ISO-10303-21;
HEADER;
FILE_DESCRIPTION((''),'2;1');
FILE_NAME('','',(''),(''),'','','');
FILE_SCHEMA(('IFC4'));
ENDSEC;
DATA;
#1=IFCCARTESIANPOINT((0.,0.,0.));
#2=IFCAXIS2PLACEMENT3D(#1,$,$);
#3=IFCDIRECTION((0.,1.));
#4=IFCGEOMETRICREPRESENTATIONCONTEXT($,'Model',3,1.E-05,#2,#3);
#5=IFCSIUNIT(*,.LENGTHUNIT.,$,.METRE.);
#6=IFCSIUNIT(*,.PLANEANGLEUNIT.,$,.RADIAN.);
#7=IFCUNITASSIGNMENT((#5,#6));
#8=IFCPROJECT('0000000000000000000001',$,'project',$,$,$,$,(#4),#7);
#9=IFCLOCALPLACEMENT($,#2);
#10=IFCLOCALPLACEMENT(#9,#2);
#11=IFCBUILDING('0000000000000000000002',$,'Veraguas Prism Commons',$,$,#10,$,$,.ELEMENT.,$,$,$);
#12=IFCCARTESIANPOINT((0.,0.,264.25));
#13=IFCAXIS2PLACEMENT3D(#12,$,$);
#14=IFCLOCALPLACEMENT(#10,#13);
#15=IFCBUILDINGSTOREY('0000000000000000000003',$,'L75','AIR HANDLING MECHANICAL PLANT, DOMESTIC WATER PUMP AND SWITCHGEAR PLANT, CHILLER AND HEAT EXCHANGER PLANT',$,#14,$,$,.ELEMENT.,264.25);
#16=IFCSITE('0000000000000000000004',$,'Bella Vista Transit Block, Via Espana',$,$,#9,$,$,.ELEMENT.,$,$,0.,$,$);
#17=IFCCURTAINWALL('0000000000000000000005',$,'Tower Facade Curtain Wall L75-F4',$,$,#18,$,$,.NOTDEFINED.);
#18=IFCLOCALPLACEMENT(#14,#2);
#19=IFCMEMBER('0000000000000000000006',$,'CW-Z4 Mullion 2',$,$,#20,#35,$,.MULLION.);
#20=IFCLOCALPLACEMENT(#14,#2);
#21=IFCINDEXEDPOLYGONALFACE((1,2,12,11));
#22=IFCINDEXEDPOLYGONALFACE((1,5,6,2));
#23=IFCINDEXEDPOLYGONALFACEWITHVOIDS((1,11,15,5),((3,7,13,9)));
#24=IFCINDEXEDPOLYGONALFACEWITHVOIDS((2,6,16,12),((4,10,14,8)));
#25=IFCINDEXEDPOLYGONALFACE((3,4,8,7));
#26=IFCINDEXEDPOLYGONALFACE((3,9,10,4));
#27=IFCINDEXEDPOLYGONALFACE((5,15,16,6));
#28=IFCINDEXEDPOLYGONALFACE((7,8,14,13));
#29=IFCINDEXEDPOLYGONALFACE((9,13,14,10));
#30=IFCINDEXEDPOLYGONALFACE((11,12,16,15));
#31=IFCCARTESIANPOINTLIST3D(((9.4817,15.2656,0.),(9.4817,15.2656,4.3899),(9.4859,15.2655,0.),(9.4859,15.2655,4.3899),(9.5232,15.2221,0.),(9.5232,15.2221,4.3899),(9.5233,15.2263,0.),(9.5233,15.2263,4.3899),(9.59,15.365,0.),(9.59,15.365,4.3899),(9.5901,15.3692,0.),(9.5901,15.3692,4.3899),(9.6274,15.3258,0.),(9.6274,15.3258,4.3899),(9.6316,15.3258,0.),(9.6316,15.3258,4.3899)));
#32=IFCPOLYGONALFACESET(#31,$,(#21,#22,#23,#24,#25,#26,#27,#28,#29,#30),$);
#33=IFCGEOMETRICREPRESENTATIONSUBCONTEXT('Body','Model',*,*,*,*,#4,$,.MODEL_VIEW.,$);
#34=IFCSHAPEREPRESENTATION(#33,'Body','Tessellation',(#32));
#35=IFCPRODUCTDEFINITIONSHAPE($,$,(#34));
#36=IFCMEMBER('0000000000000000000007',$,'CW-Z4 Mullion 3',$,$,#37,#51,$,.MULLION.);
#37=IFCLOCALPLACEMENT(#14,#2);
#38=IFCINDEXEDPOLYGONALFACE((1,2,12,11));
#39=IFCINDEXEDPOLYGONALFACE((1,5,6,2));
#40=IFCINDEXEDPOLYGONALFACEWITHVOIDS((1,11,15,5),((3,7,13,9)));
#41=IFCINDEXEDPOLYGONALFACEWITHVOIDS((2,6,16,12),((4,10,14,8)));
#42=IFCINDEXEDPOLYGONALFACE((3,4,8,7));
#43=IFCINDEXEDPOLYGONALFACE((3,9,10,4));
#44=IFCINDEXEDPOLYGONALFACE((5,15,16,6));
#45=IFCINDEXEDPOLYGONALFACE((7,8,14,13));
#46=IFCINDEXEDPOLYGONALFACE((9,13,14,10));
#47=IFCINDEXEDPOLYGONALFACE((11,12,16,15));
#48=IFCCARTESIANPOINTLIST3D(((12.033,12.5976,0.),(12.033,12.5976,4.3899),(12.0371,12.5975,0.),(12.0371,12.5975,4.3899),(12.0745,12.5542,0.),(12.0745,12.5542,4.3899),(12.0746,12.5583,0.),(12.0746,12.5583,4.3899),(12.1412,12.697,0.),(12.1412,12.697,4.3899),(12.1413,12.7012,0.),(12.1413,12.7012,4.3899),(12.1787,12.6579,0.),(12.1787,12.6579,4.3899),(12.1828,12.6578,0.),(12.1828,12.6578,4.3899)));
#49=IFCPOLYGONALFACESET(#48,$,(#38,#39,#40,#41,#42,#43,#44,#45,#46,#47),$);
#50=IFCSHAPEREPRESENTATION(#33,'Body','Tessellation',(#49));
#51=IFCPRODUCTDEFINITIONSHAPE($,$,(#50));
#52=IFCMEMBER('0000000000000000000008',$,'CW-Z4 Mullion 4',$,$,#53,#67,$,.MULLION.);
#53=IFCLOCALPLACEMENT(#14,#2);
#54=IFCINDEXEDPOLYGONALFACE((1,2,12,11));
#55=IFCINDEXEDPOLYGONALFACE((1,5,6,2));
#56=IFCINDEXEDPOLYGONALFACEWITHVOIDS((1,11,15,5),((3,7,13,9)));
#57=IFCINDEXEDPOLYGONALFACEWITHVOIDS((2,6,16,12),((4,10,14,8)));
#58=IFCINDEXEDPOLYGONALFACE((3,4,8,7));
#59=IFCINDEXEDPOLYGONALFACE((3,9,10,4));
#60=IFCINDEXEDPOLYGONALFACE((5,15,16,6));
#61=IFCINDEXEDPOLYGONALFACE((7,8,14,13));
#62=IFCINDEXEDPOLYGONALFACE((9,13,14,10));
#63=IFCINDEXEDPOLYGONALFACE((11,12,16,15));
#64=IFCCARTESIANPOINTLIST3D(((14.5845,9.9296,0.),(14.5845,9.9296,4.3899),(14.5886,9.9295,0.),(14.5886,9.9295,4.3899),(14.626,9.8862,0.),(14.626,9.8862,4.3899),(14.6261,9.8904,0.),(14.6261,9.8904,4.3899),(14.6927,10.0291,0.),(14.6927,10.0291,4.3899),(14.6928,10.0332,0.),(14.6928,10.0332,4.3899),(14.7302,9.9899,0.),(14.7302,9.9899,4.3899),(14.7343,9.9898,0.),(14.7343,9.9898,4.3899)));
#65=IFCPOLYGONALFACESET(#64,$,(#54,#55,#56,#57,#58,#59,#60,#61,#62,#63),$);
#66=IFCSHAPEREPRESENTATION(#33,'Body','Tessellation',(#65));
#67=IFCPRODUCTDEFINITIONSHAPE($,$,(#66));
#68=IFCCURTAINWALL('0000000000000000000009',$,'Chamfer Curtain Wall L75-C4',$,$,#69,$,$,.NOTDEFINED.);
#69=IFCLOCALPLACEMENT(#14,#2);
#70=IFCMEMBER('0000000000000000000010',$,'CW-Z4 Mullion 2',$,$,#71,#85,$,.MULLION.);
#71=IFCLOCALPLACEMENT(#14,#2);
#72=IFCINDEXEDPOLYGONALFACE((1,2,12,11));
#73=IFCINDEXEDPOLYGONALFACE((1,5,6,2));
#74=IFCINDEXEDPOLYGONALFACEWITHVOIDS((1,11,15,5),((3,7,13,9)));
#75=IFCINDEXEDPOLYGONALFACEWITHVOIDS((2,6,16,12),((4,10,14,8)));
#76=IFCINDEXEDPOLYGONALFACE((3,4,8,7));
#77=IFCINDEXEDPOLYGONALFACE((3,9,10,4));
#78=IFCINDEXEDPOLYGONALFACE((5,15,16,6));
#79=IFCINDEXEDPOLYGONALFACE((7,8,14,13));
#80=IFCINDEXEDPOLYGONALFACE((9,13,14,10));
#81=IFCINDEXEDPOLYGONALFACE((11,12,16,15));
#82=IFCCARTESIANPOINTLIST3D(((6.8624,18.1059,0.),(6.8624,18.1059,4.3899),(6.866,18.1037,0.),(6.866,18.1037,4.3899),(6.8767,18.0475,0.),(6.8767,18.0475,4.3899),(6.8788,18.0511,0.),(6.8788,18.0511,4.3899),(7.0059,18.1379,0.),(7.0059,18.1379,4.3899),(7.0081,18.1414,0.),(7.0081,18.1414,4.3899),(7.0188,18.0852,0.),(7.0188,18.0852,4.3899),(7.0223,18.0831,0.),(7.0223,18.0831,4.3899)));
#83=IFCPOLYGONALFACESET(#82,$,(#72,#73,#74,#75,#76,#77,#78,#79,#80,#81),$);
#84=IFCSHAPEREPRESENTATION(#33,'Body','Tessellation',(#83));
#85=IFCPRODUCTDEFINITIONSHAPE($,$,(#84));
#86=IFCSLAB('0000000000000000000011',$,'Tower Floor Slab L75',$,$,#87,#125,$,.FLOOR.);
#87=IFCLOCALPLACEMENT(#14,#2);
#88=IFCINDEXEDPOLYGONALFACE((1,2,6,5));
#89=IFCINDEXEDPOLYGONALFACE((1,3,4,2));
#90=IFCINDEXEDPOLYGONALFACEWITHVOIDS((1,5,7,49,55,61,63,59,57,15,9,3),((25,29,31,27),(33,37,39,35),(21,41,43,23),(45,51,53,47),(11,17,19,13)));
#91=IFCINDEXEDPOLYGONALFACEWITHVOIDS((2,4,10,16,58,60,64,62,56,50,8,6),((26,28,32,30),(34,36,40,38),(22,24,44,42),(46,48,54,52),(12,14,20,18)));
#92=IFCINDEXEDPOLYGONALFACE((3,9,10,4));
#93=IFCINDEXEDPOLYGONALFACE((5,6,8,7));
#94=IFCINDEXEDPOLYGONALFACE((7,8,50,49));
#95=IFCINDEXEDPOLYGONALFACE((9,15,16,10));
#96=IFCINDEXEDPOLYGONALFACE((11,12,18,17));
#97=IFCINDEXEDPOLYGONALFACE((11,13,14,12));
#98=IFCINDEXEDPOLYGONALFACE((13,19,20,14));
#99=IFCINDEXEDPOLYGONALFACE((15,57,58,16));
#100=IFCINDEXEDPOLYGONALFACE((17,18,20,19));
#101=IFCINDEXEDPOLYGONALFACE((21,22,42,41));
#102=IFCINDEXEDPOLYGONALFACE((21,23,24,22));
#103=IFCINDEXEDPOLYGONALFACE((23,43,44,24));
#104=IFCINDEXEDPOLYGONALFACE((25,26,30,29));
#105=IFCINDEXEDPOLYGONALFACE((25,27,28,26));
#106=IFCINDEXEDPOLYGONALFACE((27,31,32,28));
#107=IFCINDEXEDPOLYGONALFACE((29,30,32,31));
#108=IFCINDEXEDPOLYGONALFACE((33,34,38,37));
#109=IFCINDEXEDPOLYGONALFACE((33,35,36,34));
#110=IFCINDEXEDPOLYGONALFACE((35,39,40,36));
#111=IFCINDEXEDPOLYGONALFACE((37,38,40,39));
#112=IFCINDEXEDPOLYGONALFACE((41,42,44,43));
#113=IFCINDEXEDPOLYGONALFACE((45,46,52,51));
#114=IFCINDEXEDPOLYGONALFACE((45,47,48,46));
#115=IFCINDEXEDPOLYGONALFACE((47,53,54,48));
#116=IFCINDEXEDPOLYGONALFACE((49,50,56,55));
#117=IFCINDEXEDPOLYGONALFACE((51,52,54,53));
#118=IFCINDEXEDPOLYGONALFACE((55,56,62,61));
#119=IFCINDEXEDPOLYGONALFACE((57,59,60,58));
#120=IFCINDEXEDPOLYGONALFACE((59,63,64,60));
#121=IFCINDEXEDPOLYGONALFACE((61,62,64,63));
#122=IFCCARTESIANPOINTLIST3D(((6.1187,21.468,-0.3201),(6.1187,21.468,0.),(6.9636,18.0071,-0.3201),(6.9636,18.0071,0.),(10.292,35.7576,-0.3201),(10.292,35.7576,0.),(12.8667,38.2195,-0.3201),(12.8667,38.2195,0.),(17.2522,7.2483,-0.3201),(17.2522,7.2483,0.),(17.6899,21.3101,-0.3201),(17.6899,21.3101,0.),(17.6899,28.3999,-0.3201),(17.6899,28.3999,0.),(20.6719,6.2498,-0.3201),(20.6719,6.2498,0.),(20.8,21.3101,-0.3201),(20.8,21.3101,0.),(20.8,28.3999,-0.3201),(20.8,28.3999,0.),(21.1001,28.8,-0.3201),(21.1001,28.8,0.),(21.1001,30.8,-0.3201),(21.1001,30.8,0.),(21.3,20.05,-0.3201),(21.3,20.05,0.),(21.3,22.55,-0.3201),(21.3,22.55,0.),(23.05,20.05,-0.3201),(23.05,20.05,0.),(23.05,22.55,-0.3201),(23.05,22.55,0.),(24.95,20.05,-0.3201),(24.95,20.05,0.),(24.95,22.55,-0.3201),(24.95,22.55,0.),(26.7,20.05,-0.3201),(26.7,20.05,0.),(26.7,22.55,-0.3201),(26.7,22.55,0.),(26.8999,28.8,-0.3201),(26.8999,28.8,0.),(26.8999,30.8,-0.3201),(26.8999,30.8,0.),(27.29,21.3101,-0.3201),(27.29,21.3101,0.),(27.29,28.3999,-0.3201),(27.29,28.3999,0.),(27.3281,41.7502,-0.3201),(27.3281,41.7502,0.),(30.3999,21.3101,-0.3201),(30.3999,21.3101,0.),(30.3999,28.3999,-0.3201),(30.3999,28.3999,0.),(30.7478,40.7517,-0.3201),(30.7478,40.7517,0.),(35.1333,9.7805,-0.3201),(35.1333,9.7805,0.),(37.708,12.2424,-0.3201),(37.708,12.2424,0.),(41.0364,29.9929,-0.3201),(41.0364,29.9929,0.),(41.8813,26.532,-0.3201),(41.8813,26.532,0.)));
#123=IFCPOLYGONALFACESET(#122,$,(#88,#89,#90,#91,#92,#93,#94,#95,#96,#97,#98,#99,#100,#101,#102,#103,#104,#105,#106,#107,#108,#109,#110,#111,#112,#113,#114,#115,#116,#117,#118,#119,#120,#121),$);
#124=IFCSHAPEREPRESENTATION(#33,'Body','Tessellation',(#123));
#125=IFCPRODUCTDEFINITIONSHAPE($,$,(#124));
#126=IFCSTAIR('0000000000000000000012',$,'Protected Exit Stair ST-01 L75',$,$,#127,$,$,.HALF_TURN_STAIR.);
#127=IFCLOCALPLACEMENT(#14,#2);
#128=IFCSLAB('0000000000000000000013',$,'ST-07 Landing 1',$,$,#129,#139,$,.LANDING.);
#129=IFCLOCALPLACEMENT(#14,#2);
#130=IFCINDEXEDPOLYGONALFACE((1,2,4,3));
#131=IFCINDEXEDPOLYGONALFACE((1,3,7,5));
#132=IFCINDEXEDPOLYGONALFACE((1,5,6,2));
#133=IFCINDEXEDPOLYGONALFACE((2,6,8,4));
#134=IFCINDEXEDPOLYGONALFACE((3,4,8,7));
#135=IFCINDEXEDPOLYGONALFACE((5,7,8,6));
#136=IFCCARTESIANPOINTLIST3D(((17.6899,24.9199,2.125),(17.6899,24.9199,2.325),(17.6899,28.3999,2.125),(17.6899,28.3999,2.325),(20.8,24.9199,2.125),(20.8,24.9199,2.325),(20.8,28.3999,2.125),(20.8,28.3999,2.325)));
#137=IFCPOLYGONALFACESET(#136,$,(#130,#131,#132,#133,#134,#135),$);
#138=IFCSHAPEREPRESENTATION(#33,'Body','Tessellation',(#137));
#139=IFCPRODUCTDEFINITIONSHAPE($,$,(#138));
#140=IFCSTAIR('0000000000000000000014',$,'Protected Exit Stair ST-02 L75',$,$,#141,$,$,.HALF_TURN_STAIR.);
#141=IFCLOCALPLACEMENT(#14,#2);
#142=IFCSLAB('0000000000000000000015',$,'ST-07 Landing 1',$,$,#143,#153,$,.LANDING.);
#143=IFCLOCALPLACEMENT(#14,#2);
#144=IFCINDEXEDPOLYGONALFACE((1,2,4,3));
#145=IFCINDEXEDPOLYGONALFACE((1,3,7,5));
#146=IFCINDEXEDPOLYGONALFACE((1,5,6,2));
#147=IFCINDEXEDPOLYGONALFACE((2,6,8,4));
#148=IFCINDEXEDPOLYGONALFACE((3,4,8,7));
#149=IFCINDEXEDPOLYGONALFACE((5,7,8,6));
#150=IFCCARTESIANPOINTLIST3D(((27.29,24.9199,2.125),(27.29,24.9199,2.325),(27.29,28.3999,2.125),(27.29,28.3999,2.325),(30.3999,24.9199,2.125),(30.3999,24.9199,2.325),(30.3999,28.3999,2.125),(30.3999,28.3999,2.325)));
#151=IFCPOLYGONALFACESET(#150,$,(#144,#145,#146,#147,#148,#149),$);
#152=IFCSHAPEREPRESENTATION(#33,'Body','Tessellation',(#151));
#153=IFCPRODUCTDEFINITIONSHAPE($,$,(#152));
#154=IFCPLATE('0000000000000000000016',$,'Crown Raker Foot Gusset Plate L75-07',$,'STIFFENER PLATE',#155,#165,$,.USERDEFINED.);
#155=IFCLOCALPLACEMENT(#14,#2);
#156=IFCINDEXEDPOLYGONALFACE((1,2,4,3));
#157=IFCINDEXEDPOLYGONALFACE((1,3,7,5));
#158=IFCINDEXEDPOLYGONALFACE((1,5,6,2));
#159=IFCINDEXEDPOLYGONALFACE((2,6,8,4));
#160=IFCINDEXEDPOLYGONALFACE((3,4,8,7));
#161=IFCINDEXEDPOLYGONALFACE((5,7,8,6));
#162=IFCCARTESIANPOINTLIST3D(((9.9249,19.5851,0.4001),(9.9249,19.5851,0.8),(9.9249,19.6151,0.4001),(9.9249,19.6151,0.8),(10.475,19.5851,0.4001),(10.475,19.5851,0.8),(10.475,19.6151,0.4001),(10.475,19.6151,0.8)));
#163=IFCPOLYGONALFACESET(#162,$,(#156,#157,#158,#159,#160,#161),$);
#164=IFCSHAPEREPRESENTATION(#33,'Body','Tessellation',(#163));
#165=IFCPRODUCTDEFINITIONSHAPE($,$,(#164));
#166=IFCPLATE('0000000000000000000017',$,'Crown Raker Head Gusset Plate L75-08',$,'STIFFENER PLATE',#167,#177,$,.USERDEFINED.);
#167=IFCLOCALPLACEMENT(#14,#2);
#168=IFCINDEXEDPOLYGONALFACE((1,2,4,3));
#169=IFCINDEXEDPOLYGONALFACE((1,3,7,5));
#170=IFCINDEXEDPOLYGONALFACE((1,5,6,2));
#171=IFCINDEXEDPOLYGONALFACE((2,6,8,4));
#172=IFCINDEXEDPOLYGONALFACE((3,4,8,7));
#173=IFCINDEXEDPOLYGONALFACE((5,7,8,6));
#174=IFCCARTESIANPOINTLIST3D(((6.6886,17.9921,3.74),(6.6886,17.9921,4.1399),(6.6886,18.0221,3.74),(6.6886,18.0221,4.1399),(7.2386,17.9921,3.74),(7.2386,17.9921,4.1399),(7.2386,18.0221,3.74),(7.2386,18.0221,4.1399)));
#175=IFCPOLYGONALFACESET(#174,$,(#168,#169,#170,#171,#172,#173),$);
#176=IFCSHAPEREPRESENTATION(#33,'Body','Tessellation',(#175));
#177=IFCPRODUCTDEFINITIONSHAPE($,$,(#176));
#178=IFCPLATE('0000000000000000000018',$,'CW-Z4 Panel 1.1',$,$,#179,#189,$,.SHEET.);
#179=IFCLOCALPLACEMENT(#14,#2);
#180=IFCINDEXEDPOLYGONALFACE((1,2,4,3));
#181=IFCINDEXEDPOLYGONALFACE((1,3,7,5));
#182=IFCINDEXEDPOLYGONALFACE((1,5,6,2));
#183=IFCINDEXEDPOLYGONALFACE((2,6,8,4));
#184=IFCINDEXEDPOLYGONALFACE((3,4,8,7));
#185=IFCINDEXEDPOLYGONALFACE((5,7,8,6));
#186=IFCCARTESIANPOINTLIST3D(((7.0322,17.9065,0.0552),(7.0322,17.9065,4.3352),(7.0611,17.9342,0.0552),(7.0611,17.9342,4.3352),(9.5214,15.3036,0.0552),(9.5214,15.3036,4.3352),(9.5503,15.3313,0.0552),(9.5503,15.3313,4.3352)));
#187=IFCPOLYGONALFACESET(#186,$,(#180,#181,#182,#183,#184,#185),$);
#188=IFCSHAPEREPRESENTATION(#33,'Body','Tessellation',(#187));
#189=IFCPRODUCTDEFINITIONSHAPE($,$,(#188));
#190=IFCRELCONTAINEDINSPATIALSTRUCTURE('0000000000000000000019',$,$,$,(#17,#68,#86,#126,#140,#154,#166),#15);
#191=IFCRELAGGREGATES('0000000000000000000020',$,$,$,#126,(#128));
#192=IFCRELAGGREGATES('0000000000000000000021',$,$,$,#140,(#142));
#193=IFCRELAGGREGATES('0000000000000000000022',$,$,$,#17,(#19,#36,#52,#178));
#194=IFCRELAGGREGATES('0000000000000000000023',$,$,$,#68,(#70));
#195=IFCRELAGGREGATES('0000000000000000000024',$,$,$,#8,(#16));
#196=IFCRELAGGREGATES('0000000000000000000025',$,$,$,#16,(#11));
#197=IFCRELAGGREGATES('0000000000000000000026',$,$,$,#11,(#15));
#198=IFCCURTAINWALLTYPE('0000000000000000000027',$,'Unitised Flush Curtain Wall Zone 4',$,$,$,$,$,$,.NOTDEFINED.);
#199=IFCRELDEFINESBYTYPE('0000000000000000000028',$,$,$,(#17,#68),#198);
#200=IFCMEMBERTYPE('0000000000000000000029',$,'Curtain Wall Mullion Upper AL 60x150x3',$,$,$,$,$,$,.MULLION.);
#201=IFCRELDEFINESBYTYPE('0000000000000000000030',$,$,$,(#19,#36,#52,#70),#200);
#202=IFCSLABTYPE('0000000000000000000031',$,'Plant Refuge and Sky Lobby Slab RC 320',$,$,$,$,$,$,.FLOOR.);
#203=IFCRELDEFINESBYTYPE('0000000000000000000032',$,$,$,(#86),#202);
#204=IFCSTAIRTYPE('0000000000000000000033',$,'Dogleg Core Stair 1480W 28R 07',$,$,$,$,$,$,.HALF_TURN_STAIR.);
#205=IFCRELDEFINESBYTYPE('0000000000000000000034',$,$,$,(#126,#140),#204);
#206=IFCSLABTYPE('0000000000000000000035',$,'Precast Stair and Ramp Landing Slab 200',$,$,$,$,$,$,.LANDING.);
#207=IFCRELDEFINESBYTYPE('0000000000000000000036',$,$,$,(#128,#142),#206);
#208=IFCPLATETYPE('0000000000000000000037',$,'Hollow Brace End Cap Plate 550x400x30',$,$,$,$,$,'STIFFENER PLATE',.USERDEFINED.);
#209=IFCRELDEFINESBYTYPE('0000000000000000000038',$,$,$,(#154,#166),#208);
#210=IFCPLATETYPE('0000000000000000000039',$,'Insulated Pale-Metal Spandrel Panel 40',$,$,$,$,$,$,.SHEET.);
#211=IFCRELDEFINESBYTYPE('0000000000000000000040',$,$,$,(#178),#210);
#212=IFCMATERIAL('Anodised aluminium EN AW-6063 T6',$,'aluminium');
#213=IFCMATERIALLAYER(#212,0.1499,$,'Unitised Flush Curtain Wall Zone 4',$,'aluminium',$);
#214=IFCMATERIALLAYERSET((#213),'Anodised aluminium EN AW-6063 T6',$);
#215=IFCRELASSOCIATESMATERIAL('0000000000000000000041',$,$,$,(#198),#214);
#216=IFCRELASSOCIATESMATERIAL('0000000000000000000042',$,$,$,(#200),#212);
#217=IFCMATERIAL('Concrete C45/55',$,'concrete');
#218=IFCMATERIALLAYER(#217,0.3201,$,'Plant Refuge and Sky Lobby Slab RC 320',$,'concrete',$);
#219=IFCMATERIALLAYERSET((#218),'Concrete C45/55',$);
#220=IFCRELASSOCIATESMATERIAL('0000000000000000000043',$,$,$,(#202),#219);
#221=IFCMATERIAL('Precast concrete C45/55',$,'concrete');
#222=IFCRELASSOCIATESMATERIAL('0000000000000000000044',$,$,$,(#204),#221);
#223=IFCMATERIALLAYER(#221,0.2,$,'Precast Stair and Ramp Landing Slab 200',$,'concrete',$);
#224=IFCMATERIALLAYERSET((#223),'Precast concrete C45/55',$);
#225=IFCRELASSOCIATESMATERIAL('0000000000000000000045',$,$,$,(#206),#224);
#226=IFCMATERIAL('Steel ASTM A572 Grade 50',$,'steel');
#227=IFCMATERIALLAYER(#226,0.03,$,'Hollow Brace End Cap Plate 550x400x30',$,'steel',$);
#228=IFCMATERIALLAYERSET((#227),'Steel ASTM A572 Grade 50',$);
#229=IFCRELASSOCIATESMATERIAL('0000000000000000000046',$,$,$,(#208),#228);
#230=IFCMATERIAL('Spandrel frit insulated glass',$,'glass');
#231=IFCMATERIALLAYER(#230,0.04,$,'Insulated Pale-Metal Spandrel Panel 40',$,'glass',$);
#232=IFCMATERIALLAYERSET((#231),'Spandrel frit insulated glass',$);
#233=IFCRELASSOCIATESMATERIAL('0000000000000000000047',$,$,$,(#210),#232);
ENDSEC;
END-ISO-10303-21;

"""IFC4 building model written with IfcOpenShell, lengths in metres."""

from ifc_helpers import new_model, si_unit, direction, frame, origin, origin_2d, place, context, subcontext, project, spatial, polyline, rectangle, hollow_rectangle, outline, extrude, source, transform, mapped, material, layer, layer_set, material_profile, profile_set, type_object, element, aggregate, save


model = new_model("IFC4")

# Units and contexts
model_context = context("Model", 3, precision=1e-05, world=origin(), true_north=direction((0.0, 1.0)))
body_context = subcontext(model_context, "Body", "Model", "MODEL_VIEW")
ifc_project = project(units=[si_unit("LENGTHUNIT", "METRE"), si_unit("PLANEANGLEUNIT", "RADIAN")], contexts=[model_context])

# Site, building, storey
site_placement = place(None, origin())
site = spatial("IfcSite", under=ifc_project, at=site_placement, Name="Bella Vista Transit Block, Via Espana", CompositionType="ELEMENT", RefElevation=0.0)
building_placement = place(site_placement, origin())
building = spatial("IfcBuilding", under=site, at=building_placement, Name="Veraguas Prism Commons", CompositionType="ELEMENT")
storey_placement = place(building_placement, frame((0.0, 0.0, 264.25)))
storey = spatial("IfcBuildingStorey", under=building, at=storey_placement, Name="L75", Description="AIR HANDLING MECHANICAL PLANT, DOMESTIC WATER PUMP AND SWITCHGEAR PLANT, CHILLER AND HEAT EXCHANGER PLANT", CompositionType="ELEMENT", Elevation=264.25)

# Curtain wall, members
ifc_material_1 = material(Name="Anodised aluminium EN AW-6063 T6", Category="aluminium")
ifc_layer_1 = layer(ifc_material_1, 0.1499, Name="Unitised Flush Curtain Wall Zone 4", Category="aluminium")
ifc_layer_set_1 = layer_set([ifc_layer_1], Name="Anodised aluminium EN AW-6063 T6")
curtain_wall_type = type_object("IfcCurtainWallType", Name="Unitised Flush Curtain Wall Zone 4", PredefinedType="NOTDEFINED", material=ifc_layer_set_1)
curtain_wall_1_placement = place(storey_placement, origin())
curtain_wall_1 = element("IfcCurtainWall", 1, at=curtain_wall_1_placement, inside=storey, type_object=curtain_wall_type, Name="Tower Facade Curtain Wall L75-F4", PredefinedType="NOTDEFINED")
ifc_material_profile_1 = material_profile(ifc_material_1, hollow_rectangle(XDim=0.0601, YDim=0.1499, WallThickness=0.0029, at=origin_2d()), Name="AL60X150X3")
ifc_profile_set_1 = profile_set([ifc_material_profile_1], Name="Anodised aluminium EN AW-6063 T6")
member_type_1 = type_object("IfcMemberType", Name="Curtain Wall Mullion Upper AL 60x150x3", PredefinedType="MULLION", material=ifc_profile_set_1)
shared_shape_1 = source(origin(), body_context, "Body", "SweptSolid", [
    extrude(hollow_rectangle(XDim=0.0601, YDim=0.1499, WallThickness=0.0029, at=origin_2d()), origin(), (0.0, 0.0, 1.0), 4.3899),
])
member_1_placement = place(storey_placement, frame((9.5566, 15.2957, 0.0), z_axis=(0.0, 0.0, 1.0), x_axis=(0.691135, -0.722726, 0.0)))
member_1 = element("IfcMember", 2, at=member_1_placement, type_object=member_type_1, Name="CW-Z4 Mullion 2", PredefinedType="MULLION", context=body_context, shape_type="MappedRepresentation", body=[
    mapped(shared_shape_1, transform((0.0, 0.0, 0.0), scale=1.0)),
])
member_2_placement = place(storey_placement, frame((12.1079, 12.6277, 0.0), z_axis=(0.0, 0.0, 1.0), x_axis=(0.691135, -0.722726, 0.0)))
member_2 = element("IfcMember", 3, at=member_2_placement, type_object=member_type_1, Name="CW-Z4 Mullion 3", PredefinedType="MULLION", context=body_context, shape_type="MappedRepresentation", body=[
    mapped(shared_shape_1, transform((0.0, 0.0, 0.0), scale=1.0)),
])
member_3_placement = place(storey_placement, frame((14.6594, 9.9597, 0.0), z_axis=(0.0, 0.0, 1.0), x_axis=(0.691135, -0.722726, 0.0)))
member_3 = element("IfcMember", 4, at=member_3_placement, type_object=member_type_1, Name="CW-Z4 Mullion 4", PredefinedType="MULLION", context=body_context, shape_type="MappedRepresentation", body=[
    mapped(shared_shape_1, transform((0.0, 0.0, 0.0), scale=1.0)),
])

# Curtain wall, member
curtain_wall_2_placement = place(storey_placement, origin())
curtain_wall_2 = element("IfcCurtainWall", 5, at=curtain_wall_2_placement, inside=storey, type_object=curtain_wall_type, Name="Chamfer Curtain Wall L75-C4", PredefinedType="NOTDEFINED")
member_4_placement = place(storey_placement, frame((6.9424, 18.0945, 0.0), z_axis=(0.0, 0.0, 1.0), x_axis=(0.237208, -0.971459, 0.0)))
member_4 = element("IfcMember", 6, at=member_4_placement, type_object=member_type_1, Name="CW-Z4 Mullion 2", PredefinedType="MULLION", context=body_context, shape_type="MappedRepresentation", body=[
    mapped(shared_shape_1, transform((0.0, 0.0, 0.0), scale=1.0)),
])

# Slab
ifc_material_2 = material(Name="Concrete C45/55", Category="concrete")
ifc_layer_2 = layer(ifc_material_2, 0.3201, Name="Plant Refuge and Sky Lobby Slab RC 320", Category="concrete")
ifc_layer_set_2 = layer_set([ifc_layer_2], Name="Concrete C45/55")
slab_type_1 = type_object("IfcSlabType", Name="Plant Refuge and Sky Lobby Slab RC 320", PredefinedType="FLOOR", material=ifc_layer_set_2)
slab_1_placement = place(storey_placement, frame((0.0, 0.0, -0.3201)))
element("IfcSlab", 7, at=slab_1_placement, inside=storey, type_object=slab_type_1, Name="Tower Floor Slab L75", PredefinedType="FLOOR", context=body_context, shape_type="SweptSolid", body=[
    extrude(outline(polyline([(41.8813, 26.532), (41.0364, 29.9929), (30.7478, 40.7517), (27.3281, 41.7502), (12.8667, 38.2195), (10.292, 35.7576), (6.1187, 21.468), (6.9636, 18.0071), (17.2522, 7.2483), (20.6719, 6.2498), (35.1333, 9.7805), (37.708, 12.2424), (41.8813, 26.532)]), holes=[polyline([(20.8, 21.3101), (20.8, 28.3999), (17.6899, 28.3999), (17.6899, 21.3101), (20.8, 21.3101)]), polyline([(30.3999, 21.3101), (30.3999, 28.3999), (27.29, 28.3999), (27.29, 21.3101), (30.3999, 21.3101)]), polyline([(21.1001, 28.8), (26.8999, 28.8), (26.8999, 30.8), (21.1001, 30.8), (21.1001, 28.8)]), polyline([(21.3, 20.05), (23.05, 20.05), (23.05, 22.55), (21.3, 22.55), (21.3, 20.05)]), polyline([(24.95, 20.05), (26.7, 20.05), (26.7, 22.55), (24.95, 22.55), (24.95, 20.05)])]), origin(), (0.0, 0.0, 1.0), 0.3201),
])

# Stairs, slabs
ifc_material_3 = material(Name="Precast concrete C45/55", Category="concrete")
stair_type = type_object("IfcStairType", Name="Dogleg Core Stair 1480W 28R 07", PredefinedType="HALF_TURN_STAIR", material=ifc_material_3)
stair_1_placement = place(storey_placement, origin())
stair_1 = element("IfcStair", 8, at=stair_1_placement, inside=storey, type_object=stair_type, Name="Protected Exit Stair ST-01 L75", PredefinedType="HALF_TURN_STAIR")
ifc_layer_3 = layer(ifc_material_3, 0.2, Name="Precast Stair and Ramp Landing Slab 200", Category="concrete")
ifc_layer_set_3 = layer_set([ifc_layer_3], Name="Precast concrete C45/55")
slab_type_2 = type_object("IfcSlabType", Name="Precast Stair and Ramp Landing Slab 200", PredefinedType="LANDING", material=ifc_layer_set_3)
slab_2_placement = place(storey_placement, frame((0.0, 0.0, 2.125)))
slab_2 = element("IfcSlab", 9, at=slab_2_placement, type_object=slab_type_2, Name="ST-07 Landing 1", PredefinedType="LANDING", context=body_context, shape_type="SweptSolid", body=[
    extrude(outline(polyline([(20.8, 24.9199), (20.8, 28.3999), (17.6899, 28.3999), (17.6899, 24.9199), (20.8, 24.9199)])), origin(), (0.0, 0.0, 1.0), 0.2),
])
aggregate(stair_1, [slab_2])
stair_2_placement = place(storey_placement, origin())
stair_2 = element("IfcStair", 10, at=stair_2_placement, inside=storey, type_object=stair_type, Name="Protected Exit Stair ST-02 L75", PredefinedType="HALF_TURN_STAIR")
slab_3_placement = place(storey_placement, frame((0.0, 0.0, 2.125)))
slab_3 = element("IfcSlab", 11, at=slab_3_placement, type_object=slab_type_2, Name="ST-07 Landing 1", PredefinedType="LANDING", context=body_context, shape_type="SweptSolid", body=[
    extrude(outline(polyline([(30.3999, 24.9199), (30.3999, 28.3999), (27.29, 28.3999), (27.29, 24.9199), (30.3999, 24.9199)])), origin(), (0.0, 0.0, 1.0), 0.2),
])
aggregate(stair_2, [slab_3])

# Plates
ifc_material_4 = material(Name="Steel ASTM A572 Grade 50", Category="steel")
ifc_layer_4 = layer(ifc_material_4, 0.03, Name="Hollow Brace End Cap Plate 550x400x30", Category="steel")
ifc_layer_set_4 = layer_set([ifc_layer_4], Name="Steel ASTM A572 Grade 50")
plate_type_1 = type_object("IfcPlateType", Name="Hollow Brace End Cap Plate 550x400x30", ElementType="STIFFENER PLATE", PredefinedType="USERDEFINED", material=ifc_layer_set_4)
shared_shape_2 = source(origin(), body_context, "Body", "SweptSolid", [
    extrude(rectangle(XDim=0.55, YDim=0.03, at=origin_2d()), origin(), (0.0, 0.0, 1.0), 0.3999),
])
for number, where, z_axis, x_axis, name in (
    (12, (10.2, 19.6001, 0.4001), (0.0, 0.0, 1.0), (1.0, 0.0, 0.0), "Crown Raker Foot Gusset Plate L75-07"),
    (13, (6.9636, 18.0071, 3.74), (0.0, 0.0, 1.0), (1.0, 0.0, 0.0), "Crown Raker Head Gusset Plate L75-08"),
):
    element("IfcPlate", number, at=place(storey_placement, frame(where, z_axis=z_axis, x_axis=x_axis)), inside=storey, type_object=plate_type_1, Name=name, ObjectType="STIFFENER PLATE", PredefinedType="USERDEFINED", context=body_context, shape_type="MappedRepresentation", body=[
        mapped(shared_shape_2, transform((0.0, 0.0, 0.0), scale=1.0)),
    ])

# Plate
ifc_material_5 = material(Name="Spandrel frit insulated glass", Category="glass")
ifc_layer_5 = layer(ifc_material_5, 0.04, Name="Insulated Pale-Metal Spandrel Panel 40", Category="glass")
ifc_layer_set_5 = layer_set([ifc_layer_5], Name="Spandrel frit insulated glass")
plate_type_2 = type_object("IfcPlateType", Name="Insulated Pale-Metal Spandrel Panel 40", PredefinedType="SHEET", material=ifc_layer_set_5)
shared_shape_3 = source(origin(), body_context, "Body", "SweptSolid", [
    extrude(rectangle(XDim=3.6016, YDim=0.04, at=origin_2d()), origin(), (0.0, 0.0, 1.0), 4.28),
])
plate_1_placement = place(storey_placement, frame((8.2913, 16.6189, 0.0552), z_axis=(0.0, 0.0, 1.0), x_axis=(0.691135, -0.722726, 0.0)))
plate_1 = element("IfcPlate", 14, at=plate_1_placement, type_object=plate_type_2, Name="CW-Z4 Panel 1.1", PredefinedType="SHEET", context=body_context, shape_type="MappedRepresentation", body=[
    mapped(shared_shape_3, transform((0.0, 0.0, 0.0), scale=1.0)),
])
aggregate(curtain_wall_1, [member_1, member_2, member_3, plate_1])
aggregate(curtain_wall_2, [member_4])

save(model, "model.ifc")
